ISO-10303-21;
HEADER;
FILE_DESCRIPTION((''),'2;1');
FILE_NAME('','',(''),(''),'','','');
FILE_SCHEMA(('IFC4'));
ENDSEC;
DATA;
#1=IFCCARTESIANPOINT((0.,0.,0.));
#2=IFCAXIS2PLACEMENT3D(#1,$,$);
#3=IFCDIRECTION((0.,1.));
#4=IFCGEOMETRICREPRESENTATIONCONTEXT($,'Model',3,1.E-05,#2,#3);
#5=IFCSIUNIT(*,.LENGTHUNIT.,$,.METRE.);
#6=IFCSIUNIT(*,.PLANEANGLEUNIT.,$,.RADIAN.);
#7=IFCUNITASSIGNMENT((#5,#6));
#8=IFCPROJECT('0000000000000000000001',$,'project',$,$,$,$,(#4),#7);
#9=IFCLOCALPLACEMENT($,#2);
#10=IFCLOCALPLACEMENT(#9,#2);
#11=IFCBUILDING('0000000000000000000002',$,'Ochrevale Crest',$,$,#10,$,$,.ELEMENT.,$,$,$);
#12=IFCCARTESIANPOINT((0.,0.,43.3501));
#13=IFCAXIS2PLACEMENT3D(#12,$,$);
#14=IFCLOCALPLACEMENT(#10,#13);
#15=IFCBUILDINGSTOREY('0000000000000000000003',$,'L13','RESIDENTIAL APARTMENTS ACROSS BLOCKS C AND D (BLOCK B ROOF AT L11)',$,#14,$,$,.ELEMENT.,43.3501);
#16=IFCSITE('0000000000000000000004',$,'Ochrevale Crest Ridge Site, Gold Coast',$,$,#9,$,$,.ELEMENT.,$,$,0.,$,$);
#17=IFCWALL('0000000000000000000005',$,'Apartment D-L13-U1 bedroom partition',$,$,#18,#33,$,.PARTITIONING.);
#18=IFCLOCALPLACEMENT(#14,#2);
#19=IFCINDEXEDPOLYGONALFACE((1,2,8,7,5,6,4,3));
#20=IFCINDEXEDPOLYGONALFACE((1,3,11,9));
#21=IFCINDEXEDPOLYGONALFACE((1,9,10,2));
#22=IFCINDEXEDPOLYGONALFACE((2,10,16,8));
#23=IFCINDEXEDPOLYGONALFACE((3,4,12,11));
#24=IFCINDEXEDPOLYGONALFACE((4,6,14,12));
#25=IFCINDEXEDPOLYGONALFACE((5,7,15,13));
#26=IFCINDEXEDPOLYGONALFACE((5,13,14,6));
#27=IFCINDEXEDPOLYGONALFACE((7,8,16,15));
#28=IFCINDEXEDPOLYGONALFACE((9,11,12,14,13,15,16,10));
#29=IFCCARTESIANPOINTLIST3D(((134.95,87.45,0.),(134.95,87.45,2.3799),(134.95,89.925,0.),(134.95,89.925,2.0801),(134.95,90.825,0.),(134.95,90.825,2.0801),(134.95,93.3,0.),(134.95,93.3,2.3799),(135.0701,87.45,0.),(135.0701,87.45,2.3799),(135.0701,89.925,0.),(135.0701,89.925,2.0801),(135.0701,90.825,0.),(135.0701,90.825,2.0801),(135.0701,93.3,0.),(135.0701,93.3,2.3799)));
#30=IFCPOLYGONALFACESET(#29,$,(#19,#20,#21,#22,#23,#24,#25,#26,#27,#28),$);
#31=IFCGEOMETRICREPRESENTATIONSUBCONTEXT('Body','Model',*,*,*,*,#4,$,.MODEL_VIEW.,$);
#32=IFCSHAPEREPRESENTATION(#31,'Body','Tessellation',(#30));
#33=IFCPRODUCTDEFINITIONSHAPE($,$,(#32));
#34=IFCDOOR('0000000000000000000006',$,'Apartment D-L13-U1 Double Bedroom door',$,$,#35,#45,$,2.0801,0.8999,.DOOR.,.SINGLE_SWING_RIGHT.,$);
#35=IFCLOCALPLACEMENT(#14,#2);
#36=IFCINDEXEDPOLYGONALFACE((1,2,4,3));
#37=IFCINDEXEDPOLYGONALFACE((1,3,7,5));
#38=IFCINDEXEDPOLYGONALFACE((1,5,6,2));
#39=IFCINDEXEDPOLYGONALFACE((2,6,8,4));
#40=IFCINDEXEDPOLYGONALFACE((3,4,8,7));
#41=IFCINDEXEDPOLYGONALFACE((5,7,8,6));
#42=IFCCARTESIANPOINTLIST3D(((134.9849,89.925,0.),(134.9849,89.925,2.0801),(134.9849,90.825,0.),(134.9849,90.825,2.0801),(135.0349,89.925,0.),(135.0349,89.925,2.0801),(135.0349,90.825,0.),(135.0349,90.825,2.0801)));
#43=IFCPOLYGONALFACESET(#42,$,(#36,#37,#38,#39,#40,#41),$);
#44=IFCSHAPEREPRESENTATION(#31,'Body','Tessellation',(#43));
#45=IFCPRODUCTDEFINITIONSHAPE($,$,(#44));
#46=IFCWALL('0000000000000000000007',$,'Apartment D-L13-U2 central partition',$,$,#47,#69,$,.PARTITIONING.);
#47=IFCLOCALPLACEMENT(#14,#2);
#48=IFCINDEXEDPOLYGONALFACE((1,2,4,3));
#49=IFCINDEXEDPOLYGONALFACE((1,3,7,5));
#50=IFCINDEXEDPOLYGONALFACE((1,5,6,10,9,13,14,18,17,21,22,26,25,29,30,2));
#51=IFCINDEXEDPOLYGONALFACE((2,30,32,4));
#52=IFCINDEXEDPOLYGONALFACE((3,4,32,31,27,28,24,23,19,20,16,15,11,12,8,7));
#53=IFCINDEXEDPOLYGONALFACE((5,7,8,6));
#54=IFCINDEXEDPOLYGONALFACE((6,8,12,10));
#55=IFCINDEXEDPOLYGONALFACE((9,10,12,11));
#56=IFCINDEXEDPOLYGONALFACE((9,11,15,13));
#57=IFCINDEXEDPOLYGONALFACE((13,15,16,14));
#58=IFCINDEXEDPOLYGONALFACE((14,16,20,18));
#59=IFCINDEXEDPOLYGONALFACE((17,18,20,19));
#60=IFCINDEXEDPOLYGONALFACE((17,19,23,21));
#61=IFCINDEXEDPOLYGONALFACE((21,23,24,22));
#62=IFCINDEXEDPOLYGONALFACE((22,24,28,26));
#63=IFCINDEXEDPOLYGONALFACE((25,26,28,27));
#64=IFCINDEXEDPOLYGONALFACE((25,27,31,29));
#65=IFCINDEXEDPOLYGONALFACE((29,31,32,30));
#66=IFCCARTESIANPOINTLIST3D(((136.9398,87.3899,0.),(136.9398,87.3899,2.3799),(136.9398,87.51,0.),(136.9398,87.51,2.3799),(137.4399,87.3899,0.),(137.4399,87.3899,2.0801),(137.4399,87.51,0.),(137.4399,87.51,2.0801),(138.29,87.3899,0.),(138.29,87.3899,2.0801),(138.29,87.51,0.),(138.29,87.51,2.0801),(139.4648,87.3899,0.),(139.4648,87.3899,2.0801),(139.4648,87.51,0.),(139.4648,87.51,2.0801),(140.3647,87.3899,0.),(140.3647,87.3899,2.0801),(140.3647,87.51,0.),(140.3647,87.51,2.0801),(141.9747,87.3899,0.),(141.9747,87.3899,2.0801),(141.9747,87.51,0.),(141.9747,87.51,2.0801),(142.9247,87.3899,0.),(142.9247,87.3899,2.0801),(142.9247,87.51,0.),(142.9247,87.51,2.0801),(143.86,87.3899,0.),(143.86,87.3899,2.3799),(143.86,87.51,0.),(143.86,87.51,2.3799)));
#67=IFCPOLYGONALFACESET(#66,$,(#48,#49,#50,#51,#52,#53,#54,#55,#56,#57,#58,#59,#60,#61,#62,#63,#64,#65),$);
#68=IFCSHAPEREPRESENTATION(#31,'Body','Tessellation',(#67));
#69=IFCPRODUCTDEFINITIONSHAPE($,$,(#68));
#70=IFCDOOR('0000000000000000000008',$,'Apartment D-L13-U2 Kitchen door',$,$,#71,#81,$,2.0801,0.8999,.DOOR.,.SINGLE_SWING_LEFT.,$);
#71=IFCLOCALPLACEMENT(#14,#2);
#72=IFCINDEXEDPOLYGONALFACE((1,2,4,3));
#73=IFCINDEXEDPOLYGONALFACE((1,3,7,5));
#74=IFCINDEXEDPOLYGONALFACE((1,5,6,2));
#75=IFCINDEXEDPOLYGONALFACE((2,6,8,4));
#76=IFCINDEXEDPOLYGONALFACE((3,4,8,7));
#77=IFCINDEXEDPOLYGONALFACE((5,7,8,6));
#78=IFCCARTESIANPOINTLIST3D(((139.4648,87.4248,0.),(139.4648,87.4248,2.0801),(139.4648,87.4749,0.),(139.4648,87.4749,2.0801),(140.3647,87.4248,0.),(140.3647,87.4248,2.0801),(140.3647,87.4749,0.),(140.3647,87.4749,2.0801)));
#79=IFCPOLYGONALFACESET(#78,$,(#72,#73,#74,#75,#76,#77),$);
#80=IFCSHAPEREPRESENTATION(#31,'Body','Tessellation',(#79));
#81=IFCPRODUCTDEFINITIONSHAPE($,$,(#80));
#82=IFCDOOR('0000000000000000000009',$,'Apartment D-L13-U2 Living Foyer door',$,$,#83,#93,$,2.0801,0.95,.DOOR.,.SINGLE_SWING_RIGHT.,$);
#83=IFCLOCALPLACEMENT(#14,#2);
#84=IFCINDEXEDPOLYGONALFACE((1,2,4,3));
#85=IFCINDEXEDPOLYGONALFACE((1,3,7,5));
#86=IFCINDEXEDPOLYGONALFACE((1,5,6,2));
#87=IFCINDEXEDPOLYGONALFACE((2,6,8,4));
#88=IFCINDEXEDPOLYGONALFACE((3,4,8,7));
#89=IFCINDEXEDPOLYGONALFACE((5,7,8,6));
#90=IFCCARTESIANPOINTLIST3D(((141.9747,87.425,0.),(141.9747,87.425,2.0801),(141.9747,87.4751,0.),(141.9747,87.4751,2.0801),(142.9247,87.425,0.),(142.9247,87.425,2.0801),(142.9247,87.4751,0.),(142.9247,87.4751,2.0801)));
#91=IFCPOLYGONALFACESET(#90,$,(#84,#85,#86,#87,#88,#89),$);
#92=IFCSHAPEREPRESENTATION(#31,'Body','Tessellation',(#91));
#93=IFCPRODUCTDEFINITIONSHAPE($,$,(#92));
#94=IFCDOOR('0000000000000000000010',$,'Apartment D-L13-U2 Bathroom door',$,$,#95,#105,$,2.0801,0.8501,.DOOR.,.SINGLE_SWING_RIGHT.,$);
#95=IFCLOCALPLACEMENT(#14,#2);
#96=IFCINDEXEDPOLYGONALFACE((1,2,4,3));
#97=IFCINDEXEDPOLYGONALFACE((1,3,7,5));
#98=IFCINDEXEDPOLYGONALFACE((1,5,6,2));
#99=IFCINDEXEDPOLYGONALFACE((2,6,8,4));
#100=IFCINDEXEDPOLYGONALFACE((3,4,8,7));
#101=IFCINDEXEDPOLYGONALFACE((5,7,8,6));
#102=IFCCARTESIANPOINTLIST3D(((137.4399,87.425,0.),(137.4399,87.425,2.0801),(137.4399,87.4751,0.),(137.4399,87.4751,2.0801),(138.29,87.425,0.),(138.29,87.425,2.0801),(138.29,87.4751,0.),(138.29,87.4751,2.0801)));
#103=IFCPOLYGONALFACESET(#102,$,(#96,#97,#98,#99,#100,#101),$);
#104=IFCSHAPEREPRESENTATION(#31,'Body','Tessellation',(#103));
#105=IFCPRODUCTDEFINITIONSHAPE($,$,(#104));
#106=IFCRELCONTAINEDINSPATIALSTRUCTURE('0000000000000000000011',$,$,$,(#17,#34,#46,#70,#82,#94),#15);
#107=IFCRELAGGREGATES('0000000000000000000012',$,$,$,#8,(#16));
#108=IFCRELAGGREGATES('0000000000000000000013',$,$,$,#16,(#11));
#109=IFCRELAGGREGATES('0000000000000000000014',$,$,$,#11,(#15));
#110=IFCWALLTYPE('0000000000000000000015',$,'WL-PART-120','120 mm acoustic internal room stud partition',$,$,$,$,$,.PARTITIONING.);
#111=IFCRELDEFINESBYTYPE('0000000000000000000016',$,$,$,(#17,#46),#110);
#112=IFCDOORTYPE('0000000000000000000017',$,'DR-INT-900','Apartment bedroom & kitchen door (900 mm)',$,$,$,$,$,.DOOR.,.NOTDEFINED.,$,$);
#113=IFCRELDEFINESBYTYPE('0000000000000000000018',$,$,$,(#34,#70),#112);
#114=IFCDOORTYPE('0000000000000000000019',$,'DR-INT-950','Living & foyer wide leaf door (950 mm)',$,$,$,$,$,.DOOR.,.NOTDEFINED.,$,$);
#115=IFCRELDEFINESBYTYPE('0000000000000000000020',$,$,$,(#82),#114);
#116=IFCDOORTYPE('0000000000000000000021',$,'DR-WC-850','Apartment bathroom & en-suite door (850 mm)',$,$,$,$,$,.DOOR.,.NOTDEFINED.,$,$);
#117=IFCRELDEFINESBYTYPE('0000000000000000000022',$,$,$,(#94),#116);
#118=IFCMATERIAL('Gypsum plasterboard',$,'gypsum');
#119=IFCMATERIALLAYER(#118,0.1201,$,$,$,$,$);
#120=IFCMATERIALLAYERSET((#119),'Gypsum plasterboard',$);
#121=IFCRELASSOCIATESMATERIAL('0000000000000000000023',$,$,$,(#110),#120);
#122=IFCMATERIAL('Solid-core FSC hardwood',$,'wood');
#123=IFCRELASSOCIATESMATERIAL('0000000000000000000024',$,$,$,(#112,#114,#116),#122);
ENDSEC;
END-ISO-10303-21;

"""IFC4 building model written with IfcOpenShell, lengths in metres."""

from ifc_helpers import new_model, si_unit, direction, frame, frame_2d, origin, place, context, subcontext, project, spatial, rectangle, extrude, material, layer, layer_set, type_object, element, fill, save


model = new_model("IFC4")

# Units and contexts
model_context = context("Model", 3, precision=1e-05, world=origin(), true_north=direction((0.0, 1.0)))
body_context = subcontext(model_context, "Body", "Model", "MODEL_VIEW")
ifc_project = project(units=[si_unit("LENGTHUNIT", "METRE"), si_unit("PLANEANGLEUNIT", "RADIAN")], contexts=[model_context])

# Site, building, storey
site_placement = place(None, origin())
site = spatial("IfcSite", under=ifc_project, at=site_placement, Name="Ochrevale Crest Ridge Site, Gold Coast", CompositionType="ELEMENT", RefElevation=0.0)
building_placement = place(site_placement, origin())
building = spatial("IfcBuilding", under=site, at=building_placement, Name="Ochrevale Crest", CompositionType="ELEMENT")
storey_placement = place(building_placement, frame((0.0, 0.0, 43.3501)))
storey = spatial("IfcBuildingStorey", under=building, at=storey_placement, Name="L13", Description="RESIDENTIAL APARTMENTS ACROSS BLOCKS C AND D (BLOCK B ROOF AT L11)", CompositionType="ELEMENT", Elevation=43.3501)

# Wall, opening, door
ifc_material_1 = material(Name="Gypsum plasterboard", Category="gypsum")
ifc_layer_1 = layer(ifc_material_1, 0.1201)
ifc_layer_set_1 = layer_set([ifc_layer_1], Name="Gypsum plasterboard")
wall_type_1 = type_object("IfcWallType", Name="WL-PART-120", Description="120 mm acoustic internal room stud partition", PredefinedType="PARTITIONING", material=ifc_layer_set_1)
wall_1_placement = place(storey_placement, frame((135.01, 87.45, 0.0), z_axis=(0.0, 0.0, 1.0), x_axis=(0.0, 1.0, 0.0)))
wall_1 = element("IfcWall", 1, at=wall_1_placement, inside=storey, type_object=wall_type_1, Name="Apartment D-L13-U1 bedroom partition", PredefinedType="PARTITIONING", context=body_context, shape_type="SweptSolid", body=[
    extrude(rectangle(XDim=5.8501, YDim=0.1201, at=frame_2d((2.925, 0.0))), origin(), (0.0, 0.0, 1.0), 2.3799),
])
opening_1_placement = place(wall_1_placement, frame((3.375, 0.0, 0.0), z_axis=(0.0, 0.0, 1.0), x_axis=(-1.0, 0.0, 0.0)))
opening_1 = element("IfcOpeningElement", 2, at=opening_1_placement, cuts=wall_1, PredefinedType="OPENING", context=body_context, shape_type="SweptSolid", body=[
    extrude(rectangle(XDim=0.8999, YDim=2.0801, at=frame_2d((0.45, 1.04))), frame((0.0, 0.0701, 0.0), z_axis=(0.0, -1.0, 0.0), x_axis=(1.0, 0.0, 0.0)), (0.0, 0.0, 1.0), 0.1401),
])
ifc_material_2 = material(Name="Solid-core FSC hardwood", Category="wood")
door_type_1 = type_object("IfcDoorType", Name="DR-INT-900", Description="Apartment bedroom & kitchen door (900 mm)", OperationType="NOTDEFINED", PredefinedType="DOOR", material=ifc_material_2)
door_1_placement = place(opening_1_placement, origin())
door_1 = element("IfcDoor", 3, at=door_1_placement, inside=storey, type_object=door_type_1, Name="Apartment D-L13-U1 Double Bedroom door", OperationType="SINGLE_SWING_RIGHT", OverallHeight=2.0801, OverallWidth=0.8999, PredefinedType="DOOR", context=body_context, shape_type="SweptSolid", body=[
    extrude(rectangle(XDim=0.8999, YDim=2.0801, at=frame_2d((0.45, 1.04))), frame((0.0, 0.0249, 0.0), z_axis=(0.0, -1.0, 0.0), x_axis=(1.0, 0.0, 0.0)), (0.0, 0.0, 1.0), 0.05),
])
fill(opening_1, door_1)

# Wall, openings, doors
wall_2_placement = place(storey_placement, frame((136.9399, 87.45, 0.0), z_axis=(0.0, 0.0, 1.0), x_axis=(1.0, 0.0, 0.0)))
wall_2 = element("IfcWall", 4, at=wall_2_placement, inside=storey, type_object=wall_type_1, Name="Apartment D-L13-U2 central partition", PredefinedType="PARTITIONING", context=body_context, shape_type="SweptSolid", body=[
    extrude(rectangle(XDim=6.9202, YDim=0.1201, at=frame_2d((3.46, 0.0))), origin(), (0.0, 0.0, 1.0), 2.3799),
])
opening_2_placement = place(wall_2_placement, frame((1.3501, 0.0, 0.0), z_axis=(0.0, 0.0, 1.0), x_axis=(-1.0, 0.0, 0.0)))
opening_2 = element("IfcOpeningElement", 5, at=opening_2_placement, cuts=wall_2, PredefinedType="OPENING", context=body_context, shape_type="SweptSolid", body=[
    extrude(rectangle(XDim=0.8501, YDim=2.0801, at=frame_2d((0.425, 1.04))), frame((0.0, 0.0701, 0.0), z_axis=(0.0, -1.0, 0.0), x_axis=(1.0, 0.0, 0.0)), (0.0, 0.0, 1.0), 0.1401),
])
opening_3_placement = place(wall_2_placement, frame((2.5249, 0.0, 0.0)))
opening_3 = element("IfcOpeningElement", 6, at=opening_3_placement, cuts=wall_2, PredefinedType="OPENING", context=body_context, shape_type="SweptSolid", body=[
    extrude(rectangle(XDim=0.8999, YDim=2.0801, at=frame_2d((0.45, 1.04))), frame((0.0, 0.0701, 0.0), z_axis=(0.0, -1.0, 0.0), x_axis=(1.0, 0.0, 0.0)), (0.0, 0.0, 1.0), 0.1401),
])
opening_4_placement = place(wall_2_placement, frame((5.9849, 0.0, 0.0), z_axis=(0.0, 0.0, 1.0), x_axis=(-1.0, 0.0, 0.0)))
opening_4 = element("IfcOpeningElement", 7, at=opening_4_placement, cuts=wall_2, PredefinedType="OPENING", context=body_context, shape_type="SweptSolid", body=[
    extrude(rectangle(XDim=0.95, YDim=2.0801, at=frame_2d((0.4751, 1.04))), frame((0.0, 0.0701, 0.0), z_axis=(0.0, -1.0, 0.0), x_axis=(1.0, 0.0, 0.0)), (0.0, 0.0, 1.0), 0.1401),
])
door_2_placement = place(opening_3_placement, origin())
door_2 = element("IfcDoor", 8, at=door_2_placement, inside=storey, type_object=door_type_1, Name="Apartment D-L13-U2 Kitchen door", OperationType="SINGLE_SWING_LEFT", OverallHeight=2.0801, OverallWidth=0.8999, PredefinedType="DOOR", context=body_context, shape_type="SweptSolid", body=[
    extrude(rectangle(XDim=0.8999, YDim=2.0801, at=frame_2d((0.45, 1.04))), frame((0.0, 0.0249, 0.0), z_axis=(0.0, -1.0, 0.0), x_axis=(1.0, 0.0, 0.0)), (0.0, 0.0, 1.0), 0.05),
])
fill(opening_3, door_2)
door_type_2 = type_object("IfcDoorType", Name="DR-INT-950", Description="Living & foyer wide leaf door (950 mm)", OperationType="NOTDEFINED", PredefinedType="DOOR", material=ifc_material_2)
door_3_placement = place(opening_4_placement, origin())
door_3 = element("IfcDoor", 9, at=door_3_placement, inside=storey, type_object=door_type_2, Name="Apartment D-L13-U2 Living Foyer door", OperationType="SINGLE_SWING_RIGHT", OverallHeight=2.0801, OverallWidth=0.95, PredefinedType="DOOR", context=body_context, shape_type="SweptSolid", body=[
    extrude(rectangle(XDim=0.95, YDim=2.0801, at=frame_2d((0.4751, 1.04))), frame((0.0, 0.0249, 0.0), z_axis=(0.0, -1.0, 0.0), x_axis=(1.0, 0.0, 0.0)), (0.0, 0.0, 1.0), 0.05),
])
fill(opening_4, door_3)
door_type_3 = type_object("IfcDoorType", Name="DR-WC-850", Description="Apartment bathroom & en-suite door (850 mm)", OperationType="NOTDEFINED", PredefinedType="DOOR", material=ifc_material_2)
door_4_placement = place(opening_2_placement, origin())
door_4 = element("IfcDoor", 10, at=door_4_placement, inside=storey, type_object=door_type_3, Name="Apartment D-L13-U2 Bathroom door", OperationType="SINGLE_SWING_RIGHT", OverallHeight=2.0801, OverallWidth=0.8501, PredefinedType="DOOR", context=body_context, shape_type="SweptSolid", body=[
    extrude(rectangle(XDim=0.8501, YDim=2.0801, at=frame_2d((0.425, 1.04))), frame((0.0, 0.0249, 0.0), z_axis=(0.0, -1.0, 0.0), x_axis=(1.0, 0.0, 0.0)), (0.0, 0.0, 1.0), 0.05),
])
fill(opening_2, door_4)

save(model, "model.ifc")
